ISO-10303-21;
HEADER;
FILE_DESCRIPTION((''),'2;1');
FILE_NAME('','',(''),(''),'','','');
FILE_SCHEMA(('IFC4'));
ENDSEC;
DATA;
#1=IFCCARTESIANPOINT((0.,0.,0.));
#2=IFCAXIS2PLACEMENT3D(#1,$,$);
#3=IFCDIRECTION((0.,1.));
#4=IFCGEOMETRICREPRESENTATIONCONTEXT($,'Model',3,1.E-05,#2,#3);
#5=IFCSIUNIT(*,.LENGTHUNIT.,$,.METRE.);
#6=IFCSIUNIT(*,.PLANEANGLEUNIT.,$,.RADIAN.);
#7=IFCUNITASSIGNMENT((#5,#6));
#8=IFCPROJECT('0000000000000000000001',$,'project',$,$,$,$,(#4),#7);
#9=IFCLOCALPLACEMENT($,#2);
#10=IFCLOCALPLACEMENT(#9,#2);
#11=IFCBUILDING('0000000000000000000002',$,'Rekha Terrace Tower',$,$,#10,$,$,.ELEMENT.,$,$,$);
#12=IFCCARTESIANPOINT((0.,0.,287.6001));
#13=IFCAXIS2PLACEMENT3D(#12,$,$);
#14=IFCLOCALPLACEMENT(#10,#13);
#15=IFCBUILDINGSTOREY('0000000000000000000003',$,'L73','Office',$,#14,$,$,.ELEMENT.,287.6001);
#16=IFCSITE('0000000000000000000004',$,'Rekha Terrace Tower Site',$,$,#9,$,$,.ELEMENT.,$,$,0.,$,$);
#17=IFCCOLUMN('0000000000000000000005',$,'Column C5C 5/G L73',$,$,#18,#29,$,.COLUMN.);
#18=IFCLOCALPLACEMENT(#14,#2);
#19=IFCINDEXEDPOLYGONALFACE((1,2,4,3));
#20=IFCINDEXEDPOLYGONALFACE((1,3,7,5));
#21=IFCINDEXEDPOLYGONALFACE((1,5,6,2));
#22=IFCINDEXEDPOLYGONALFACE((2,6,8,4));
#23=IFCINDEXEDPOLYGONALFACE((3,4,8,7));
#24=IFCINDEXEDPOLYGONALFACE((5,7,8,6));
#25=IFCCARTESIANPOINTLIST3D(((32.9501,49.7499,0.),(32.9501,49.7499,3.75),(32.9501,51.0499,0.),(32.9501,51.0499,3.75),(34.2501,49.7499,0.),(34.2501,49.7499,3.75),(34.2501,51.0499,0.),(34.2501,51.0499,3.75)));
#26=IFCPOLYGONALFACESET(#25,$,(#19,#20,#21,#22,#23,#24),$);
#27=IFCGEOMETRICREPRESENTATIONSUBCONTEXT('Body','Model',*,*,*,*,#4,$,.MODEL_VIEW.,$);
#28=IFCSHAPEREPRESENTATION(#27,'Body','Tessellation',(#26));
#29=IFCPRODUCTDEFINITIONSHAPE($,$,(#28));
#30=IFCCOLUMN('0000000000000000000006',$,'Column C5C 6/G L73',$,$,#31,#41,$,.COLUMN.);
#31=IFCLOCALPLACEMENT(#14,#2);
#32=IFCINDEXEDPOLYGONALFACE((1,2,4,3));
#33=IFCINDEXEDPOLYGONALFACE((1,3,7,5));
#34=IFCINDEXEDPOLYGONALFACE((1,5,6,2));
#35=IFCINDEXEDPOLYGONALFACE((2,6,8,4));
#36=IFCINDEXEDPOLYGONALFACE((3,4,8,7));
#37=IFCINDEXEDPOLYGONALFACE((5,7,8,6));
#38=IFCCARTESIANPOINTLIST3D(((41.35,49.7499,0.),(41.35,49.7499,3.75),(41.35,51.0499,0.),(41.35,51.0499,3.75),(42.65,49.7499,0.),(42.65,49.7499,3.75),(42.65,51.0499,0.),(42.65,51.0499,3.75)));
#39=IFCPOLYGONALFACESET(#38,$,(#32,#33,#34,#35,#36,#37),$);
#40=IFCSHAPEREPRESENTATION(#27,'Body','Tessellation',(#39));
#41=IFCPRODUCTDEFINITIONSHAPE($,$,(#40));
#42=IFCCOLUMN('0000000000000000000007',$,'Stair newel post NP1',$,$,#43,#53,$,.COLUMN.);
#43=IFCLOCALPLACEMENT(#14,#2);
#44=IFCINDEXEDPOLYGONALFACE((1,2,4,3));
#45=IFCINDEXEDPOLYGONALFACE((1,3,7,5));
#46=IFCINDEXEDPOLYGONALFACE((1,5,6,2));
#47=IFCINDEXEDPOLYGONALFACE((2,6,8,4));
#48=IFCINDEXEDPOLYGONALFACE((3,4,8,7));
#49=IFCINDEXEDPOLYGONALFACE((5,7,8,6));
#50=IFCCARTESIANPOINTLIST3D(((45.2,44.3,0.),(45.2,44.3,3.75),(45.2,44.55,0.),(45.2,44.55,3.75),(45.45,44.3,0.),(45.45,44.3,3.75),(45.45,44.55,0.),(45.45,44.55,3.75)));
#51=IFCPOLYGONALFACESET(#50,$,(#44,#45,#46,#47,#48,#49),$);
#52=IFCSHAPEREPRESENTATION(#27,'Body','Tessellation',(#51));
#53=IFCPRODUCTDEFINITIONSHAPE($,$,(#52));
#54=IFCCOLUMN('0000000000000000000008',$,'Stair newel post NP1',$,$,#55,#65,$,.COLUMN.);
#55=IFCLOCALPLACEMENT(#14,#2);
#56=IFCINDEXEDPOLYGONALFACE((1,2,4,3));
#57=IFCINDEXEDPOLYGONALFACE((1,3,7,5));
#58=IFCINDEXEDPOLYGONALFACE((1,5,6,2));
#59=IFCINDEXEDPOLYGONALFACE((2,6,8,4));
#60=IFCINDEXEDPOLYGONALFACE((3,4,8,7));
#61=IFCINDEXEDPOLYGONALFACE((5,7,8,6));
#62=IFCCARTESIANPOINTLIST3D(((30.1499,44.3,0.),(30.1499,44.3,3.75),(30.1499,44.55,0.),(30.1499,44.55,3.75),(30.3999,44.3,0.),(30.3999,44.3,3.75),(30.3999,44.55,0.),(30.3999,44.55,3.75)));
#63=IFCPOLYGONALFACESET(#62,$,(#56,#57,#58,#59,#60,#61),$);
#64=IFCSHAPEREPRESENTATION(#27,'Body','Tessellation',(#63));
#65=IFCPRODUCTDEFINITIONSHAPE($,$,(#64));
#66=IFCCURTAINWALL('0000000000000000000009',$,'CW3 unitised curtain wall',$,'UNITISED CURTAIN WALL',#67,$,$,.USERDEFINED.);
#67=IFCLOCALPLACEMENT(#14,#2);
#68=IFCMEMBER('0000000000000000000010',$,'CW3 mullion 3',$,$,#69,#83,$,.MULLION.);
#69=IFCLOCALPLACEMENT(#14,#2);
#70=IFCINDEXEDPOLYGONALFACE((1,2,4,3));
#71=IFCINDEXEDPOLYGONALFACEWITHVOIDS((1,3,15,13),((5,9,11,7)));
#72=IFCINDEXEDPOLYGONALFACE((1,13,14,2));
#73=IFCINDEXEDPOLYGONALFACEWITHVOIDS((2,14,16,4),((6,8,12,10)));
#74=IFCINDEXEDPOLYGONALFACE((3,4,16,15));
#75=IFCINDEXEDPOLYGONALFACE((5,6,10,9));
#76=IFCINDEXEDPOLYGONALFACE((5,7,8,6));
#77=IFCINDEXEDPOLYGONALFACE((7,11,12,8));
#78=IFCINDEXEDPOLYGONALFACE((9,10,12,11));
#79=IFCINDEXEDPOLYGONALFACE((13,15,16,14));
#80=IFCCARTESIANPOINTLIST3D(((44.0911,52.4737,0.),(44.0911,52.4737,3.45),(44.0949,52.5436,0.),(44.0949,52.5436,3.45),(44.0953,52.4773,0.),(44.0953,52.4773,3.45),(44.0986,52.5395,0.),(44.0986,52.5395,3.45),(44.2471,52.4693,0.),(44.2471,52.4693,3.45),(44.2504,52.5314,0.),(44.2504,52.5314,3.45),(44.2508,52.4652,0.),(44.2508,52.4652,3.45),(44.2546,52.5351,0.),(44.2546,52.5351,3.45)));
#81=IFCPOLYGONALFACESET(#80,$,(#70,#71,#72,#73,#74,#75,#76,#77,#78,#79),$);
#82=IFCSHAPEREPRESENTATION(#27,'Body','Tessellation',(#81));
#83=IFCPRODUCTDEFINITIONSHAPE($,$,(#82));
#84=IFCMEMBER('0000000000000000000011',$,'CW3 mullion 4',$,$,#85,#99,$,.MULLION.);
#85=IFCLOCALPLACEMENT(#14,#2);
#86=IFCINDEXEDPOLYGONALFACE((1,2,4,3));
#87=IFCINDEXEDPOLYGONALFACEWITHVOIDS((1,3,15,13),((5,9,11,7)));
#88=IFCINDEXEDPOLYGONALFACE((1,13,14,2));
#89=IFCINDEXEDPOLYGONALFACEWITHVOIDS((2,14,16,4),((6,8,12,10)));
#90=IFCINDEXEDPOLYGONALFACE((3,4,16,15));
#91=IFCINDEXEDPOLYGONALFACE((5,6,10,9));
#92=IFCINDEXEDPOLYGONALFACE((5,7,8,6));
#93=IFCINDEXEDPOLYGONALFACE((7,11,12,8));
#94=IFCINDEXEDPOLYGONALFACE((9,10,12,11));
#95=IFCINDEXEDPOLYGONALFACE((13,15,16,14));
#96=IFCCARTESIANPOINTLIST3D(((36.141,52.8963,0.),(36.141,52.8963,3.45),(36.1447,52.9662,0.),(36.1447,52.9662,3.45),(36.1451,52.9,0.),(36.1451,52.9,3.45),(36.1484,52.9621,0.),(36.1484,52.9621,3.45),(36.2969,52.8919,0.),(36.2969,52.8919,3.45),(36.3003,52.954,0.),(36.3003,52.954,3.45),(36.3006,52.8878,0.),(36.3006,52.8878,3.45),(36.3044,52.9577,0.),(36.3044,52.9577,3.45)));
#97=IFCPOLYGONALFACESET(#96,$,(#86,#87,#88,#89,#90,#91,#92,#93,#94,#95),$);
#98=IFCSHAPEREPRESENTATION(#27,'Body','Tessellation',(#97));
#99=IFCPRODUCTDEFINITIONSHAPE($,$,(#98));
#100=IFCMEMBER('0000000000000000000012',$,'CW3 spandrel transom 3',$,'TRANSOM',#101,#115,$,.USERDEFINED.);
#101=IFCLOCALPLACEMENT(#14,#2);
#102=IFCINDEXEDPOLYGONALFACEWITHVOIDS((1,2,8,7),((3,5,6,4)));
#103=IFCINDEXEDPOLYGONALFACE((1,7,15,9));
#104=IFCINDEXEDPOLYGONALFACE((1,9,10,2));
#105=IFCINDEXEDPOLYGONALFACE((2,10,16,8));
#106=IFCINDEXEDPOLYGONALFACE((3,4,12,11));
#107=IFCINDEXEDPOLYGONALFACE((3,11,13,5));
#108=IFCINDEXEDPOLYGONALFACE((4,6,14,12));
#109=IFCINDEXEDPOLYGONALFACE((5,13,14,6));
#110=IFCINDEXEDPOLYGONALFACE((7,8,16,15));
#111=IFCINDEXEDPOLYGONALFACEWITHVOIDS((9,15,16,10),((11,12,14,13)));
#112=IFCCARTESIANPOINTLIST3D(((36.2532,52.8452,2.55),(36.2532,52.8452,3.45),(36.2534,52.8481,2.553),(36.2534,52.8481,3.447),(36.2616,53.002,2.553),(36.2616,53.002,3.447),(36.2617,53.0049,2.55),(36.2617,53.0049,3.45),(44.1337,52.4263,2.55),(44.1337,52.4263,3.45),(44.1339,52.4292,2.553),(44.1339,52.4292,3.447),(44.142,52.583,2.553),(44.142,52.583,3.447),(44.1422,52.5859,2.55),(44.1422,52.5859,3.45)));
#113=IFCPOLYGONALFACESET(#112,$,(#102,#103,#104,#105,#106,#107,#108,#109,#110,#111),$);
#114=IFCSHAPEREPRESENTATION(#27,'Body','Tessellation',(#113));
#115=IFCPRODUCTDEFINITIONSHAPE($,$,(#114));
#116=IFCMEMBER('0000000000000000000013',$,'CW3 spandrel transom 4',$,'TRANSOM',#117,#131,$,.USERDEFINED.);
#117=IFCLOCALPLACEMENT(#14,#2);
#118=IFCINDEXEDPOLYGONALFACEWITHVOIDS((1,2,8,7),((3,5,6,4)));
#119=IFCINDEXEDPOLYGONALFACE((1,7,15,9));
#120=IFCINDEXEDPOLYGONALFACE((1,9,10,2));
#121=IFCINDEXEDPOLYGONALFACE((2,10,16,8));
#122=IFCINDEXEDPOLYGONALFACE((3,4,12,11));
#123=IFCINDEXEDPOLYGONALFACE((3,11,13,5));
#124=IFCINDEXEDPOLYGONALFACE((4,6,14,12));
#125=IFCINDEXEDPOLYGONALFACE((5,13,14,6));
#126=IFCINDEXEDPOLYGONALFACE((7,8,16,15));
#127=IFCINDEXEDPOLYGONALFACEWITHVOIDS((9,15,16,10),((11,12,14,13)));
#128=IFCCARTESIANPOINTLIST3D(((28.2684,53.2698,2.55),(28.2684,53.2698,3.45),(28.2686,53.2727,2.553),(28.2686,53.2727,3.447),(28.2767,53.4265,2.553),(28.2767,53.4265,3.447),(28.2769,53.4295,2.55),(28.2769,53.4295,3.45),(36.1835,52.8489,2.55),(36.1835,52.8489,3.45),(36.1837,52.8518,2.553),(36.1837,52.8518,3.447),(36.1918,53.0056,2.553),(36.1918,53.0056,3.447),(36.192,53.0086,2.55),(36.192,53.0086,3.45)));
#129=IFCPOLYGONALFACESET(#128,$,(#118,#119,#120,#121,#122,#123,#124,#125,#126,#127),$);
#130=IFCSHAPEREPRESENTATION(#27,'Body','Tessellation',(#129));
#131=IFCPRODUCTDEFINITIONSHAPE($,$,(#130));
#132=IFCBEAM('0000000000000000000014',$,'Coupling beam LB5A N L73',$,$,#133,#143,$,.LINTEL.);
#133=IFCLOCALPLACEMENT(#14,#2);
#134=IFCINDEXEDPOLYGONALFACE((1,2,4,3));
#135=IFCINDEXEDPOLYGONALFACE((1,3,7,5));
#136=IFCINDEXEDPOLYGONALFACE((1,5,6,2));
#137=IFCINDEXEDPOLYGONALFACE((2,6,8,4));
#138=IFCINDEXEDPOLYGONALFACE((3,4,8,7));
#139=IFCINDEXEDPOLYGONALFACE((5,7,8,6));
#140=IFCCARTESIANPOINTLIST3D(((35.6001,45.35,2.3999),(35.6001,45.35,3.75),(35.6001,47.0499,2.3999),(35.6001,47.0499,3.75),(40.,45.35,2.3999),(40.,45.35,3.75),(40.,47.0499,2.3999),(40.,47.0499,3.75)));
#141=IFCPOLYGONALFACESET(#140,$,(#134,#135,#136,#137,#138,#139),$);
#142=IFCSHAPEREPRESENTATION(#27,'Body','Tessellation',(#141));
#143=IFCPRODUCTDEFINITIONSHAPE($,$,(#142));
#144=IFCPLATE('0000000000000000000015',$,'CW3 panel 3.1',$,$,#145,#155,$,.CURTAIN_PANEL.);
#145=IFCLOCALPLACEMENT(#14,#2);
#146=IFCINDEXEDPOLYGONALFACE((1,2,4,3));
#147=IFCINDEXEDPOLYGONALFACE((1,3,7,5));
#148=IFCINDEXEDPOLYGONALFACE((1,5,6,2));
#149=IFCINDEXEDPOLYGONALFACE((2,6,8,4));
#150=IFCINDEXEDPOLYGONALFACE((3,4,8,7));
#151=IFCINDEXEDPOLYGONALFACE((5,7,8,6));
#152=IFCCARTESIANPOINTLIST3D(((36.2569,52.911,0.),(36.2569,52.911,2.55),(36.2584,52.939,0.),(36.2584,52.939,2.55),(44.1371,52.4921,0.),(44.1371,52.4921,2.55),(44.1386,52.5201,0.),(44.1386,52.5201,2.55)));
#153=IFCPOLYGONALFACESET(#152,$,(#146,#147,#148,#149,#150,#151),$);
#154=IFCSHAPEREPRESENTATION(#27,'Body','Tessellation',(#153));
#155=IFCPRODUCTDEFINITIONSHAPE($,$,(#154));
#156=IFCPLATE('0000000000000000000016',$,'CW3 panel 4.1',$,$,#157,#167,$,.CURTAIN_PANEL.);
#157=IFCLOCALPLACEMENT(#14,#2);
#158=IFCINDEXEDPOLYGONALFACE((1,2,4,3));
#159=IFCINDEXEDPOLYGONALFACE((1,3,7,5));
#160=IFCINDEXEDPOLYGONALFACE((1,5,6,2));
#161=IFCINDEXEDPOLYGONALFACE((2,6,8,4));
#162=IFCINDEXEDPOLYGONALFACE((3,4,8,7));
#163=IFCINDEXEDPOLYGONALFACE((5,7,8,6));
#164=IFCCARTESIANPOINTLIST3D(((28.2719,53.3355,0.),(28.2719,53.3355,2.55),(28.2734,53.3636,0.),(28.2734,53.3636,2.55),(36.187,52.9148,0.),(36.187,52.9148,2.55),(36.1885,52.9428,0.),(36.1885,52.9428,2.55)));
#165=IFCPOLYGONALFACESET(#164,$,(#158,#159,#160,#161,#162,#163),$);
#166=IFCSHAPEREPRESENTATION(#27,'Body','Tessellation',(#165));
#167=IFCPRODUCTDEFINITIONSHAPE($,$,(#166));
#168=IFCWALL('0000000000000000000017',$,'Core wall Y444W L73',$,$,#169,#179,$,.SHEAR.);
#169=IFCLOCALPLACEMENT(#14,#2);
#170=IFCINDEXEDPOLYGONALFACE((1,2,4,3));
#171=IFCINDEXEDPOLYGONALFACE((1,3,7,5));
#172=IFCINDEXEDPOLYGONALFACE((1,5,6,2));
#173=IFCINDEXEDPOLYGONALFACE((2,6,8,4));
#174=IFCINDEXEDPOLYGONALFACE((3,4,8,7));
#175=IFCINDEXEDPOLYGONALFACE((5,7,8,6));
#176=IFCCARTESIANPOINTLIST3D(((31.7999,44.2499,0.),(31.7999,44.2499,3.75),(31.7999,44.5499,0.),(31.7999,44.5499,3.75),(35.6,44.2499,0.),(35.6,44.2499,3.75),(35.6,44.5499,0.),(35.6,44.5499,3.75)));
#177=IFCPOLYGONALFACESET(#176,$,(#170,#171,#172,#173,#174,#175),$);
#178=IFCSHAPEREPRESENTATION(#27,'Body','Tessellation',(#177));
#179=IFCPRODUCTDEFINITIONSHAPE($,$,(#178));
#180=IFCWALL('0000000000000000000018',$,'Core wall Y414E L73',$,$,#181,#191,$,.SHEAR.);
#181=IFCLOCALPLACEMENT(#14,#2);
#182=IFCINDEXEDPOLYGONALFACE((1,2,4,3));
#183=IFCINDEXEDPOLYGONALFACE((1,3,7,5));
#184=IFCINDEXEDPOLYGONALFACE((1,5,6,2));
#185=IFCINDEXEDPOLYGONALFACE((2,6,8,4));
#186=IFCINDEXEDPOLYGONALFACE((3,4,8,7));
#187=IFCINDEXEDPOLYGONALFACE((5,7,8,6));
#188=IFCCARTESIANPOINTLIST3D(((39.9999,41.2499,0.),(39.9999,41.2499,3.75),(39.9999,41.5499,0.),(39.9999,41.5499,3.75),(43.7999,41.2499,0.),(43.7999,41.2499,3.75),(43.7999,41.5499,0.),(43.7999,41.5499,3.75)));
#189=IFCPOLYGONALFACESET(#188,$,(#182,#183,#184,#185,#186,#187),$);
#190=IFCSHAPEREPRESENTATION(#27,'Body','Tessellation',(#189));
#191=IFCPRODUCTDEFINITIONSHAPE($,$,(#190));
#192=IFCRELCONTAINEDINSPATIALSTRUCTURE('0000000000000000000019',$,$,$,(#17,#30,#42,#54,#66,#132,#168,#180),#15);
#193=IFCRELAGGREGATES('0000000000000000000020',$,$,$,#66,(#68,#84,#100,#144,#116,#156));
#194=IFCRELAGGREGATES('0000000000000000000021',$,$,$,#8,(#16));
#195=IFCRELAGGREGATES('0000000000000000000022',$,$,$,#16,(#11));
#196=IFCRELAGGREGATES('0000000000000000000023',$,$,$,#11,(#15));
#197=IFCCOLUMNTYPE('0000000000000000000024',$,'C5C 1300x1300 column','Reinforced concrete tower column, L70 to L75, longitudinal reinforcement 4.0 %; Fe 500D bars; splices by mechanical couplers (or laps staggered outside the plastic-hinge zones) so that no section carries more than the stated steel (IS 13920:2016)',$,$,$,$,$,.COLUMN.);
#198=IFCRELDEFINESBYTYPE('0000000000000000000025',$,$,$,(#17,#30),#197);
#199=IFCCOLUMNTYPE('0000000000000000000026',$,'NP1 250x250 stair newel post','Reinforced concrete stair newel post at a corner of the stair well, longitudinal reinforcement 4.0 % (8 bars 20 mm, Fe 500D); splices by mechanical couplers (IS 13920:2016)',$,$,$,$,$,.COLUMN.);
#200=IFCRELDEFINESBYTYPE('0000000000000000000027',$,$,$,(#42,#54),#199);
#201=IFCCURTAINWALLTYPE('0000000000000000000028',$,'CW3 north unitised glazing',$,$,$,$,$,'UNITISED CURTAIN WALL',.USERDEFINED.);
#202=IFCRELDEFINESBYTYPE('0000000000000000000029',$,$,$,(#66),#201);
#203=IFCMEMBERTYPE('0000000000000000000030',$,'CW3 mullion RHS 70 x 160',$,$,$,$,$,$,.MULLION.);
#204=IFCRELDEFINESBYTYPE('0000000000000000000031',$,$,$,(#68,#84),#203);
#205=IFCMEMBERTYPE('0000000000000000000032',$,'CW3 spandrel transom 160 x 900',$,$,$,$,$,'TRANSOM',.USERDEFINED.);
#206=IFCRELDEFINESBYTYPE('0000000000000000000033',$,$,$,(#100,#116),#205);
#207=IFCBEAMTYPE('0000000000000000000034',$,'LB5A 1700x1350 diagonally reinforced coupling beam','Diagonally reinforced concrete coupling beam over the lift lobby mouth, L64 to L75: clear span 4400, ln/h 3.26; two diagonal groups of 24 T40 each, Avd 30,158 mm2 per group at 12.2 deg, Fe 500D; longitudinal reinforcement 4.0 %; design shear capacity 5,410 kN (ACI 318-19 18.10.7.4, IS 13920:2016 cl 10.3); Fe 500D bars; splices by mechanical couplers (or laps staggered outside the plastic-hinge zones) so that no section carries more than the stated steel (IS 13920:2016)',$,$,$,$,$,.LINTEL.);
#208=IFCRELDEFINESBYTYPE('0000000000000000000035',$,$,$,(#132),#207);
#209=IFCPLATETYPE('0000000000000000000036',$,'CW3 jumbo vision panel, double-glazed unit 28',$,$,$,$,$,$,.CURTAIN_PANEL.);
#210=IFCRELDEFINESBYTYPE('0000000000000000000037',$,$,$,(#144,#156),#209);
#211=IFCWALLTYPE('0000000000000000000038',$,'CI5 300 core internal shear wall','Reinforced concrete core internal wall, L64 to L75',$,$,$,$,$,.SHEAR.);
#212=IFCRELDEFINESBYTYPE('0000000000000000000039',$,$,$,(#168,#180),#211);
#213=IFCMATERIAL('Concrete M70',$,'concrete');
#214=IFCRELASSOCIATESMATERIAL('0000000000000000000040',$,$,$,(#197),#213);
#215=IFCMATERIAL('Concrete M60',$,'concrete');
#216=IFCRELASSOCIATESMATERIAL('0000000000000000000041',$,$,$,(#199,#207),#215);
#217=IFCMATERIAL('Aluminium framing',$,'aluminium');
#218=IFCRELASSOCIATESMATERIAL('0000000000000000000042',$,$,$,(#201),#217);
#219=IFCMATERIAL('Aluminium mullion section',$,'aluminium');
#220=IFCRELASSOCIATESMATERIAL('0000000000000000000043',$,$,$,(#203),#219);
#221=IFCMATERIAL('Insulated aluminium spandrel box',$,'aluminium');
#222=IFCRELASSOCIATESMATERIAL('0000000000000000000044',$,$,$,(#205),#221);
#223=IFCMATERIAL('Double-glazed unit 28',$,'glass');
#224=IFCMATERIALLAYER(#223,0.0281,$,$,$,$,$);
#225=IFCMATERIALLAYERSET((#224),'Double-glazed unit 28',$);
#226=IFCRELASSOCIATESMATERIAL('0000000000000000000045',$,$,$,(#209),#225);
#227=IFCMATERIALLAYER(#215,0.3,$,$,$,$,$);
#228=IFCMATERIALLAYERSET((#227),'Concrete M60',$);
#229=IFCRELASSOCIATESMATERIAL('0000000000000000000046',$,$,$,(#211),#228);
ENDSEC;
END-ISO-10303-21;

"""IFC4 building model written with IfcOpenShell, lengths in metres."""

from ifc_helpers import new_model, si_unit, direction, frame, frame_2d, origin, origin_2d, place, context, subcontext, project, spatial, rectangle, hollow_rectangle, extrude, material, layer, layer_set, material_profile, profile_set, type_object, element, aggregate, save


model = new_model("IFC4")

# Units and contexts
model_context = context("Model", 3, precision=1e-05, world=origin(), true_north=direction((0.0, 1.0)))
body_context = subcontext(model_context, "Body", "Model", "MODEL_VIEW")
ifc_project = project(units=[si_unit("LENGTHUNIT", "METRE"), si_unit("PLANEANGLEUNIT", "RADIAN")], contexts=[model_context])

# Site, building, storey
site_placement = place(None, origin())
site = spatial("IfcSite", under=ifc_project, at=site_placement, Name="Rekha Terrace Tower Site", CompositionType="ELEMENT", RefElevation=0.0)
building_placement = place(site_placement, origin())
building = spatial("IfcBuilding", under=site, at=building_placement, Name="Rekha Terrace Tower", CompositionType="ELEMENT")
storey_placement = place(building_placement, frame((0.0, 0.0, 287.6001)))
storey = spatial("IfcBuildingStorey", under=building, at=storey_placement, Name="L73", Description="Office", CompositionType="ELEMENT", Elevation=287.6001)

# Columns
ifc_material_1 = material(Name="Concrete M70", Category="concrete")
ifc_material_profile_1 = material_profile(ifc_material_1, rectangle(XDim=1.3, YDim=1.3, at=origin_2d()), Name="RC 1300x1300")
ifc_profile_set_1 = profile_set([ifc_material_profile_1], Name="Concrete M70")
column_type_1 = type_object("IfcColumnType", Name="C5C 1300x1300 column", Description="Reinforced concrete tower column, L70 to L75, longitudinal reinforcement 4.0 %; Fe 500D bars; splices by mechanical couplers (or laps staggered outside the plastic-hinge zones) so that no section carries more than the stated steel (IS 13920:2016)", PredefinedType="COLUMN", material=ifc_profile_set_1)
for number, where, z_axis, x_axis, name in (
    (1, (33.6001, 50.3999, 0.0), (0.0, 0.0, 1.0), (1.0, 0.0, 0.0), "Column C5C 5/G L73"),
    (2, (42.0, 50.3999, 0.0), (0.0, 0.0, 1.0), (1.0, 0.0, 0.0), "Column C5C 6/G L73"),
):
    element("IfcColumn", number, at=place(storey_placement, frame(where, z_axis=z_axis, x_axis=x_axis)), inside=storey, type_object=column_type_1, Name=name, PredefinedType="COLUMN", context=body_context, shape_type="SweptSolid", body=[
        extrude(rectangle(XDim=1.3, YDim=1.3, at=origin_2d()), origin(), (0.0, 0.0, 1.0), 3.75),
    ])
ifc_material_2 = material(Name="Concrete M60", Category="concrete")
ifc_material_profile_2 = material_profile(ifc_material_2, rectangle(XDim=0.25, YDim=0.25, at=origin_2d()), Name="RC 250x250")
ifc_profile_set_2 = profile_set([ifc_material_profile_2], Name="Concrete M60")
column_type_2 = type_object("IfcColumnType", Name="NP1 250x250 stair newel post", Description="Reinforced concrete stair newel post at a corner of the stair well, longitudinal reinforcement 4.0 % (8 bars 20 mm, Fe 500D); splices by mechanical couplers (IS 13920:2016)", PredefinedType="COLUMN", material=ifc_profile_set_2)
for number, where, z_axis, x_axis, name in (
    (3, (45.325, 44.425, 0.0), (0.0, 0.0, 1.0), (1.0, 0.0, 0.0), "Stair newel post NP1"),
    (4, (30.2749, 44.425, 0.0), (0.0, 0.0, 1.0), (1.0, 0.0, 0.0), "Stair newel post NP1"),
):
    element("IfcColumn", number, at=place(storey_placement, frame(where, z_axis=z_axis, x_axis=x_axis)), inside=storey, type_object=column_type_2, Name=name, PredefinedType="COLUMN", context=body_context, shape_type="SweptSolid", body=[
        extrude(rectangle(XDim=0.25, YDim=0.25, at=origin_2d()), origin(), (0.0, 0.0, 1.0), 3.75),
    ])

# Curtain wall, members
ifc_material_3 = material(Name="Aluminium framing", Category="aluminium")
curtain_wall_type = type_object("IfcCurtainWallType", Name="CW3 north unitised glazing", ElementType="UNITISED CURTAIN WALL", PredefinedType="USERDEFINED", material=ifc_material_3)
curtain_wall_placement = place(storey_placement, origin())
curtain_wall = element("IfcCurtainWall", 5, at=curtain_wall_placement, inside=storey, type_object=curtain_wall_type, Name="CW3 unitised curtain wall", ObjectType="UNITISED CURTAIN WALL", PredefinedType="USERDEFINED")
ifc_material_4 = material(Name="Aluminium mullion section", Category="aluminium")
ifc_material_profile_3 = material_profile(ifc_material_4, hollow_rectangle(XDim=0.0701, YDim=0.1599, WallThickness=0.0039, at=origin_2d()), Name="AL RHS 70x160")
ifc_profile_set_3 = profile_set([ifc_material_profile_3], Name="Aluminium mullion section")
member_type_1 = type_object("IfcMemberType", Name="CW3 mullion RHS 70 x 160", PredefinedType="MULLION", material=ifc_profile_set_3)
member_1_placement = place(storey_placement, frame((44.1729, 52.5044, 0.0), z_axis=(0.0, 0.0, 1.0), x_axis=(-0.053083, -0.99859, 0.0)))
member_1 = element("IfcMember", 6, at=member_1_placement, type_object=member_type_1, Name="CW3 mullion 3", PredefinedType="MULLION", context=body_context, shape_type="SweptSolid", body=[
    extrude(hollow_rectangle(XDim=0.0701, YDim=0.1599, WallThickness=0.0039, at=origin_2d()), origin(), (0.0, 0.0, 1.0), 3.45),
])
member_2_placement = place(storey_placement, frame((36.2227, 52.927, 0.0), z_axis=(0.0, 0.0, 1.0), x_axis=(-0.053083, -0.99859, 0.0)))
member_2 = element("IfcMember", 7, at=member_2_placement, type_object=member_type_1, Name="CW3 mullion 4", PredefinedType="MULLION", context=body_context, shape_type="SweptSolid", body=[
    extrude(hollow_rectangle(XDim=0.0701, YDim=0.1599, WallThickness=0.0039, at=origin_2d()), origin(), (0.0, 0.0, 1.0), 3.45),
])
ifc_material_5 = material(Name="Insulated aluminium spandrel box", Category="aluminium")
ifc_material_profile_4 = material_profile(ifc_material_5, hollow_rectangle(XDim=0.1599, YDim=0.8999, WallThickness=0.0029, at=origin_2d()), Name="AL SPANDREL BOX 160x900")
ifc_profile_set_4 = profile_set([ifc_material_profile_4], Name="Insulated aluminium spandrel box")
member_type_2 = type_object("IfcMemberType", Name="CW3 spandrel transom 160 x 900", ElementType="TRANSOM", PredefinedType="USERDEFINED", material=ifc_profile_set_4)
member_3_placement = place(storey_placement, frame((44.1379, 52.5061, 3.0), z_axis=(-0.99859, 0.053088, 0.0), x_axis=(-0.053088, -0.99859, 0.0)))
member_3 = element("IfcMember", 8, at=member_3_placement, type_object=member_type_2, Name="CW3 spandrel transom 3", ObjectType="TRANSOM", PredefinedType="USERDEFINED", context=body_context, shape_type="SweptSolid", body=[
    extrude(hollow_rectangle(XDim=0.1599, YDim=0.8999, WallThickness=0.0029, at=origin_2d()), origin(), (0.0, 0.0, 1.0), 7.8916),
])
member_4_placement = place(storey_placement, frame((36.1877, 52.9287, 3.0), z_axis=(-0.998589, 0.053102, 0.0), x_axis=(-0.053102, -0.998589, 0.0)))
member_4 = element("IfcMember", 9, at=member_4_placement, type_object=member_type_2, Name="CW3 spandrel transom 4", ObjectType="TRANSOM", PredefinedType="USERDEFINED", context=body_context, shape_type="SweptSolid", body=[
    extrude(hollow_rectangle(XDim=0.1599, YDim=0.8999, WallThickness=0.0029, at=origin_2d()), origin(), (0.0, 0.0, 1.0), 7.9263),
])

# Beam
ifc_material_profile_5 = material_profile(ifc_material_2, rectangle(XDim=1.7, YDim=1.3501, at=origin_2d()), Name="RC 1700x1350")
ifc_profile_set_5 = profile_set([ifc_material_profile_5], Name="Concrete M60")
beam_type = type_object("IfcBeamType", Name="LB5A 1700x1350 diagonally reinforced coupling beam", Description="Diagonally reinforced concrete coupling beam over the lift lobby mouth, L64 to L75: clear span 4400, ln/h 3.26; two diagonal groups of 24 T40 each, Avd 30,158 mm2 per group at 12.2 deg, Fe 500D; longitudinal reinforcement 4.0 %; design shear capacity 5,410 kN (ACI 318-19 18.10.7.4, IS 13920:2016 cl 10.3); Fe 500D bars; splices by mechanical couplers (or laps staggered outside the plastic-hinge zones) so that no section carries more than the stated steel (IS 13920:2016)", PredefinedType="LINTEL", material=ifc_profile_set_5)
beam_placement = place(storey_placement, frame((35.6001, 46.2, 3.075), z_axis=(1.0, 0.0, 0.0), x_axis=(0.0, 1.0, 0.0)))
element("IfcBeam", 10, at=beam_placement, inside=storey, type_object=beam_type, Name="Coupling beam LB5A N L73", PredefinedType="LINTEL", context=body_context, shape_type="SweptSolid", body=[
    extrude(rectangle(XDim=1.7, YDim=1.3501, at=origin_2d()), origin(), (0.0, 0.0, 1.0), 4.3999),
])

# Plates
ifc_material_6 = material(Name="Double-glazed unit 28", Category="glass")
ifc_layer_1 = layer(ifc_material_6, 0.0281)
ifc_layer_set_1 = layer_set([ifc_layer_1], Name="Double-glazed unit 28")
plate_type = type_object("IfcPlateType", Name="CW3 jumbo vision panel, double-glazed unit 28", PredefinedType="CURTAIN_PANEL", material=ifc_layer_set_1)
plate_1_placement = place(storey_placement, frame((40.1978, 52.7156, 0.0), z_axis=(0.0, 0.0, 1.0), x_axis=(-0.99859, 0.053083, 0.0)))
plate_1 = element("IfcPlate", 11, at=plate_1_placement, type_object=plate_type, Name="CW3 panel 3.1", PredefinedType="CURTAIN_PANEL", context=body_context, shape_type="SweptSolid", body=[
    extrude(rectangle(XDim=7.8914, YDim=0.0281, at=origin_2d()), origin(), (0.0, 0.0, 1.0), 2.55),
])
plate_2_placement = place(storey_placement, frame((32.2302, 53.1392, 0.0), z_axis=(0.0, 0.0, 1.0), x_axis=(-0.99859, 0.053083, 0.0)))
plate_2 = element("IfcPlate", 12, at=plate_2_placement, type_object=plate_type, Name="CW3 panel 4.1", PredefinedType="CURTAIN_PANEL", context=body_context, shape_type="SweptSolid", body=[
    extrude(rectangle(XDim=7.9263, YDim=0.0281, at=origin_2d()), origin(), (0.0, 0.0, 1.0), 2.55),
])
aggregate(curtain_wall, [member_1, member_2, member_3, plate_1, member_4, plate_2])

# Walls
ifc_layer_2 = layer(ifc_material_2, 0.3)
ifc_layer_set_2 = layer_set([ifc_layer_2], Name="Concrete M60")
wall_type_1 = type_object("IfcWallType", Name="CI5 300 core internal shear wall", Description="Reinforced concrete core internal wall, L64 to L75", PredefinedType="SHEAR", material=ifc_layer_set_2)
for number, where, z_axis, x_axis, name in (
    (13, (31.8, 44.3999, 0.0), (0.0, 0.0, 1.0), (1.0, 0.0, 0.0), "Core wall Y444W L73"),
    (14, (40.0, 41.3999, 0.0), (0.0, 0.0, 1.0), (1.0, 0.0, 0.0), "Core wall Y414E L73"),
):
    element("IfcWall", number, at=place(storey_placement, frame(where, z_axis=z_axis, x_axis=x_axis)), inside=storey, type_object=wall_type_1, Name=name, PredefinedType="SHEAR", context=body_context, shape_type="SweptSolid", body=[
        extrude(rectangle(XDim=3.8, YDim=0.3, at=frame_2d((1.8999, 0.0))), origin(), (0.0, 0.0, 1.0), 3.75),
    ])

save(model, "model.ifc")
